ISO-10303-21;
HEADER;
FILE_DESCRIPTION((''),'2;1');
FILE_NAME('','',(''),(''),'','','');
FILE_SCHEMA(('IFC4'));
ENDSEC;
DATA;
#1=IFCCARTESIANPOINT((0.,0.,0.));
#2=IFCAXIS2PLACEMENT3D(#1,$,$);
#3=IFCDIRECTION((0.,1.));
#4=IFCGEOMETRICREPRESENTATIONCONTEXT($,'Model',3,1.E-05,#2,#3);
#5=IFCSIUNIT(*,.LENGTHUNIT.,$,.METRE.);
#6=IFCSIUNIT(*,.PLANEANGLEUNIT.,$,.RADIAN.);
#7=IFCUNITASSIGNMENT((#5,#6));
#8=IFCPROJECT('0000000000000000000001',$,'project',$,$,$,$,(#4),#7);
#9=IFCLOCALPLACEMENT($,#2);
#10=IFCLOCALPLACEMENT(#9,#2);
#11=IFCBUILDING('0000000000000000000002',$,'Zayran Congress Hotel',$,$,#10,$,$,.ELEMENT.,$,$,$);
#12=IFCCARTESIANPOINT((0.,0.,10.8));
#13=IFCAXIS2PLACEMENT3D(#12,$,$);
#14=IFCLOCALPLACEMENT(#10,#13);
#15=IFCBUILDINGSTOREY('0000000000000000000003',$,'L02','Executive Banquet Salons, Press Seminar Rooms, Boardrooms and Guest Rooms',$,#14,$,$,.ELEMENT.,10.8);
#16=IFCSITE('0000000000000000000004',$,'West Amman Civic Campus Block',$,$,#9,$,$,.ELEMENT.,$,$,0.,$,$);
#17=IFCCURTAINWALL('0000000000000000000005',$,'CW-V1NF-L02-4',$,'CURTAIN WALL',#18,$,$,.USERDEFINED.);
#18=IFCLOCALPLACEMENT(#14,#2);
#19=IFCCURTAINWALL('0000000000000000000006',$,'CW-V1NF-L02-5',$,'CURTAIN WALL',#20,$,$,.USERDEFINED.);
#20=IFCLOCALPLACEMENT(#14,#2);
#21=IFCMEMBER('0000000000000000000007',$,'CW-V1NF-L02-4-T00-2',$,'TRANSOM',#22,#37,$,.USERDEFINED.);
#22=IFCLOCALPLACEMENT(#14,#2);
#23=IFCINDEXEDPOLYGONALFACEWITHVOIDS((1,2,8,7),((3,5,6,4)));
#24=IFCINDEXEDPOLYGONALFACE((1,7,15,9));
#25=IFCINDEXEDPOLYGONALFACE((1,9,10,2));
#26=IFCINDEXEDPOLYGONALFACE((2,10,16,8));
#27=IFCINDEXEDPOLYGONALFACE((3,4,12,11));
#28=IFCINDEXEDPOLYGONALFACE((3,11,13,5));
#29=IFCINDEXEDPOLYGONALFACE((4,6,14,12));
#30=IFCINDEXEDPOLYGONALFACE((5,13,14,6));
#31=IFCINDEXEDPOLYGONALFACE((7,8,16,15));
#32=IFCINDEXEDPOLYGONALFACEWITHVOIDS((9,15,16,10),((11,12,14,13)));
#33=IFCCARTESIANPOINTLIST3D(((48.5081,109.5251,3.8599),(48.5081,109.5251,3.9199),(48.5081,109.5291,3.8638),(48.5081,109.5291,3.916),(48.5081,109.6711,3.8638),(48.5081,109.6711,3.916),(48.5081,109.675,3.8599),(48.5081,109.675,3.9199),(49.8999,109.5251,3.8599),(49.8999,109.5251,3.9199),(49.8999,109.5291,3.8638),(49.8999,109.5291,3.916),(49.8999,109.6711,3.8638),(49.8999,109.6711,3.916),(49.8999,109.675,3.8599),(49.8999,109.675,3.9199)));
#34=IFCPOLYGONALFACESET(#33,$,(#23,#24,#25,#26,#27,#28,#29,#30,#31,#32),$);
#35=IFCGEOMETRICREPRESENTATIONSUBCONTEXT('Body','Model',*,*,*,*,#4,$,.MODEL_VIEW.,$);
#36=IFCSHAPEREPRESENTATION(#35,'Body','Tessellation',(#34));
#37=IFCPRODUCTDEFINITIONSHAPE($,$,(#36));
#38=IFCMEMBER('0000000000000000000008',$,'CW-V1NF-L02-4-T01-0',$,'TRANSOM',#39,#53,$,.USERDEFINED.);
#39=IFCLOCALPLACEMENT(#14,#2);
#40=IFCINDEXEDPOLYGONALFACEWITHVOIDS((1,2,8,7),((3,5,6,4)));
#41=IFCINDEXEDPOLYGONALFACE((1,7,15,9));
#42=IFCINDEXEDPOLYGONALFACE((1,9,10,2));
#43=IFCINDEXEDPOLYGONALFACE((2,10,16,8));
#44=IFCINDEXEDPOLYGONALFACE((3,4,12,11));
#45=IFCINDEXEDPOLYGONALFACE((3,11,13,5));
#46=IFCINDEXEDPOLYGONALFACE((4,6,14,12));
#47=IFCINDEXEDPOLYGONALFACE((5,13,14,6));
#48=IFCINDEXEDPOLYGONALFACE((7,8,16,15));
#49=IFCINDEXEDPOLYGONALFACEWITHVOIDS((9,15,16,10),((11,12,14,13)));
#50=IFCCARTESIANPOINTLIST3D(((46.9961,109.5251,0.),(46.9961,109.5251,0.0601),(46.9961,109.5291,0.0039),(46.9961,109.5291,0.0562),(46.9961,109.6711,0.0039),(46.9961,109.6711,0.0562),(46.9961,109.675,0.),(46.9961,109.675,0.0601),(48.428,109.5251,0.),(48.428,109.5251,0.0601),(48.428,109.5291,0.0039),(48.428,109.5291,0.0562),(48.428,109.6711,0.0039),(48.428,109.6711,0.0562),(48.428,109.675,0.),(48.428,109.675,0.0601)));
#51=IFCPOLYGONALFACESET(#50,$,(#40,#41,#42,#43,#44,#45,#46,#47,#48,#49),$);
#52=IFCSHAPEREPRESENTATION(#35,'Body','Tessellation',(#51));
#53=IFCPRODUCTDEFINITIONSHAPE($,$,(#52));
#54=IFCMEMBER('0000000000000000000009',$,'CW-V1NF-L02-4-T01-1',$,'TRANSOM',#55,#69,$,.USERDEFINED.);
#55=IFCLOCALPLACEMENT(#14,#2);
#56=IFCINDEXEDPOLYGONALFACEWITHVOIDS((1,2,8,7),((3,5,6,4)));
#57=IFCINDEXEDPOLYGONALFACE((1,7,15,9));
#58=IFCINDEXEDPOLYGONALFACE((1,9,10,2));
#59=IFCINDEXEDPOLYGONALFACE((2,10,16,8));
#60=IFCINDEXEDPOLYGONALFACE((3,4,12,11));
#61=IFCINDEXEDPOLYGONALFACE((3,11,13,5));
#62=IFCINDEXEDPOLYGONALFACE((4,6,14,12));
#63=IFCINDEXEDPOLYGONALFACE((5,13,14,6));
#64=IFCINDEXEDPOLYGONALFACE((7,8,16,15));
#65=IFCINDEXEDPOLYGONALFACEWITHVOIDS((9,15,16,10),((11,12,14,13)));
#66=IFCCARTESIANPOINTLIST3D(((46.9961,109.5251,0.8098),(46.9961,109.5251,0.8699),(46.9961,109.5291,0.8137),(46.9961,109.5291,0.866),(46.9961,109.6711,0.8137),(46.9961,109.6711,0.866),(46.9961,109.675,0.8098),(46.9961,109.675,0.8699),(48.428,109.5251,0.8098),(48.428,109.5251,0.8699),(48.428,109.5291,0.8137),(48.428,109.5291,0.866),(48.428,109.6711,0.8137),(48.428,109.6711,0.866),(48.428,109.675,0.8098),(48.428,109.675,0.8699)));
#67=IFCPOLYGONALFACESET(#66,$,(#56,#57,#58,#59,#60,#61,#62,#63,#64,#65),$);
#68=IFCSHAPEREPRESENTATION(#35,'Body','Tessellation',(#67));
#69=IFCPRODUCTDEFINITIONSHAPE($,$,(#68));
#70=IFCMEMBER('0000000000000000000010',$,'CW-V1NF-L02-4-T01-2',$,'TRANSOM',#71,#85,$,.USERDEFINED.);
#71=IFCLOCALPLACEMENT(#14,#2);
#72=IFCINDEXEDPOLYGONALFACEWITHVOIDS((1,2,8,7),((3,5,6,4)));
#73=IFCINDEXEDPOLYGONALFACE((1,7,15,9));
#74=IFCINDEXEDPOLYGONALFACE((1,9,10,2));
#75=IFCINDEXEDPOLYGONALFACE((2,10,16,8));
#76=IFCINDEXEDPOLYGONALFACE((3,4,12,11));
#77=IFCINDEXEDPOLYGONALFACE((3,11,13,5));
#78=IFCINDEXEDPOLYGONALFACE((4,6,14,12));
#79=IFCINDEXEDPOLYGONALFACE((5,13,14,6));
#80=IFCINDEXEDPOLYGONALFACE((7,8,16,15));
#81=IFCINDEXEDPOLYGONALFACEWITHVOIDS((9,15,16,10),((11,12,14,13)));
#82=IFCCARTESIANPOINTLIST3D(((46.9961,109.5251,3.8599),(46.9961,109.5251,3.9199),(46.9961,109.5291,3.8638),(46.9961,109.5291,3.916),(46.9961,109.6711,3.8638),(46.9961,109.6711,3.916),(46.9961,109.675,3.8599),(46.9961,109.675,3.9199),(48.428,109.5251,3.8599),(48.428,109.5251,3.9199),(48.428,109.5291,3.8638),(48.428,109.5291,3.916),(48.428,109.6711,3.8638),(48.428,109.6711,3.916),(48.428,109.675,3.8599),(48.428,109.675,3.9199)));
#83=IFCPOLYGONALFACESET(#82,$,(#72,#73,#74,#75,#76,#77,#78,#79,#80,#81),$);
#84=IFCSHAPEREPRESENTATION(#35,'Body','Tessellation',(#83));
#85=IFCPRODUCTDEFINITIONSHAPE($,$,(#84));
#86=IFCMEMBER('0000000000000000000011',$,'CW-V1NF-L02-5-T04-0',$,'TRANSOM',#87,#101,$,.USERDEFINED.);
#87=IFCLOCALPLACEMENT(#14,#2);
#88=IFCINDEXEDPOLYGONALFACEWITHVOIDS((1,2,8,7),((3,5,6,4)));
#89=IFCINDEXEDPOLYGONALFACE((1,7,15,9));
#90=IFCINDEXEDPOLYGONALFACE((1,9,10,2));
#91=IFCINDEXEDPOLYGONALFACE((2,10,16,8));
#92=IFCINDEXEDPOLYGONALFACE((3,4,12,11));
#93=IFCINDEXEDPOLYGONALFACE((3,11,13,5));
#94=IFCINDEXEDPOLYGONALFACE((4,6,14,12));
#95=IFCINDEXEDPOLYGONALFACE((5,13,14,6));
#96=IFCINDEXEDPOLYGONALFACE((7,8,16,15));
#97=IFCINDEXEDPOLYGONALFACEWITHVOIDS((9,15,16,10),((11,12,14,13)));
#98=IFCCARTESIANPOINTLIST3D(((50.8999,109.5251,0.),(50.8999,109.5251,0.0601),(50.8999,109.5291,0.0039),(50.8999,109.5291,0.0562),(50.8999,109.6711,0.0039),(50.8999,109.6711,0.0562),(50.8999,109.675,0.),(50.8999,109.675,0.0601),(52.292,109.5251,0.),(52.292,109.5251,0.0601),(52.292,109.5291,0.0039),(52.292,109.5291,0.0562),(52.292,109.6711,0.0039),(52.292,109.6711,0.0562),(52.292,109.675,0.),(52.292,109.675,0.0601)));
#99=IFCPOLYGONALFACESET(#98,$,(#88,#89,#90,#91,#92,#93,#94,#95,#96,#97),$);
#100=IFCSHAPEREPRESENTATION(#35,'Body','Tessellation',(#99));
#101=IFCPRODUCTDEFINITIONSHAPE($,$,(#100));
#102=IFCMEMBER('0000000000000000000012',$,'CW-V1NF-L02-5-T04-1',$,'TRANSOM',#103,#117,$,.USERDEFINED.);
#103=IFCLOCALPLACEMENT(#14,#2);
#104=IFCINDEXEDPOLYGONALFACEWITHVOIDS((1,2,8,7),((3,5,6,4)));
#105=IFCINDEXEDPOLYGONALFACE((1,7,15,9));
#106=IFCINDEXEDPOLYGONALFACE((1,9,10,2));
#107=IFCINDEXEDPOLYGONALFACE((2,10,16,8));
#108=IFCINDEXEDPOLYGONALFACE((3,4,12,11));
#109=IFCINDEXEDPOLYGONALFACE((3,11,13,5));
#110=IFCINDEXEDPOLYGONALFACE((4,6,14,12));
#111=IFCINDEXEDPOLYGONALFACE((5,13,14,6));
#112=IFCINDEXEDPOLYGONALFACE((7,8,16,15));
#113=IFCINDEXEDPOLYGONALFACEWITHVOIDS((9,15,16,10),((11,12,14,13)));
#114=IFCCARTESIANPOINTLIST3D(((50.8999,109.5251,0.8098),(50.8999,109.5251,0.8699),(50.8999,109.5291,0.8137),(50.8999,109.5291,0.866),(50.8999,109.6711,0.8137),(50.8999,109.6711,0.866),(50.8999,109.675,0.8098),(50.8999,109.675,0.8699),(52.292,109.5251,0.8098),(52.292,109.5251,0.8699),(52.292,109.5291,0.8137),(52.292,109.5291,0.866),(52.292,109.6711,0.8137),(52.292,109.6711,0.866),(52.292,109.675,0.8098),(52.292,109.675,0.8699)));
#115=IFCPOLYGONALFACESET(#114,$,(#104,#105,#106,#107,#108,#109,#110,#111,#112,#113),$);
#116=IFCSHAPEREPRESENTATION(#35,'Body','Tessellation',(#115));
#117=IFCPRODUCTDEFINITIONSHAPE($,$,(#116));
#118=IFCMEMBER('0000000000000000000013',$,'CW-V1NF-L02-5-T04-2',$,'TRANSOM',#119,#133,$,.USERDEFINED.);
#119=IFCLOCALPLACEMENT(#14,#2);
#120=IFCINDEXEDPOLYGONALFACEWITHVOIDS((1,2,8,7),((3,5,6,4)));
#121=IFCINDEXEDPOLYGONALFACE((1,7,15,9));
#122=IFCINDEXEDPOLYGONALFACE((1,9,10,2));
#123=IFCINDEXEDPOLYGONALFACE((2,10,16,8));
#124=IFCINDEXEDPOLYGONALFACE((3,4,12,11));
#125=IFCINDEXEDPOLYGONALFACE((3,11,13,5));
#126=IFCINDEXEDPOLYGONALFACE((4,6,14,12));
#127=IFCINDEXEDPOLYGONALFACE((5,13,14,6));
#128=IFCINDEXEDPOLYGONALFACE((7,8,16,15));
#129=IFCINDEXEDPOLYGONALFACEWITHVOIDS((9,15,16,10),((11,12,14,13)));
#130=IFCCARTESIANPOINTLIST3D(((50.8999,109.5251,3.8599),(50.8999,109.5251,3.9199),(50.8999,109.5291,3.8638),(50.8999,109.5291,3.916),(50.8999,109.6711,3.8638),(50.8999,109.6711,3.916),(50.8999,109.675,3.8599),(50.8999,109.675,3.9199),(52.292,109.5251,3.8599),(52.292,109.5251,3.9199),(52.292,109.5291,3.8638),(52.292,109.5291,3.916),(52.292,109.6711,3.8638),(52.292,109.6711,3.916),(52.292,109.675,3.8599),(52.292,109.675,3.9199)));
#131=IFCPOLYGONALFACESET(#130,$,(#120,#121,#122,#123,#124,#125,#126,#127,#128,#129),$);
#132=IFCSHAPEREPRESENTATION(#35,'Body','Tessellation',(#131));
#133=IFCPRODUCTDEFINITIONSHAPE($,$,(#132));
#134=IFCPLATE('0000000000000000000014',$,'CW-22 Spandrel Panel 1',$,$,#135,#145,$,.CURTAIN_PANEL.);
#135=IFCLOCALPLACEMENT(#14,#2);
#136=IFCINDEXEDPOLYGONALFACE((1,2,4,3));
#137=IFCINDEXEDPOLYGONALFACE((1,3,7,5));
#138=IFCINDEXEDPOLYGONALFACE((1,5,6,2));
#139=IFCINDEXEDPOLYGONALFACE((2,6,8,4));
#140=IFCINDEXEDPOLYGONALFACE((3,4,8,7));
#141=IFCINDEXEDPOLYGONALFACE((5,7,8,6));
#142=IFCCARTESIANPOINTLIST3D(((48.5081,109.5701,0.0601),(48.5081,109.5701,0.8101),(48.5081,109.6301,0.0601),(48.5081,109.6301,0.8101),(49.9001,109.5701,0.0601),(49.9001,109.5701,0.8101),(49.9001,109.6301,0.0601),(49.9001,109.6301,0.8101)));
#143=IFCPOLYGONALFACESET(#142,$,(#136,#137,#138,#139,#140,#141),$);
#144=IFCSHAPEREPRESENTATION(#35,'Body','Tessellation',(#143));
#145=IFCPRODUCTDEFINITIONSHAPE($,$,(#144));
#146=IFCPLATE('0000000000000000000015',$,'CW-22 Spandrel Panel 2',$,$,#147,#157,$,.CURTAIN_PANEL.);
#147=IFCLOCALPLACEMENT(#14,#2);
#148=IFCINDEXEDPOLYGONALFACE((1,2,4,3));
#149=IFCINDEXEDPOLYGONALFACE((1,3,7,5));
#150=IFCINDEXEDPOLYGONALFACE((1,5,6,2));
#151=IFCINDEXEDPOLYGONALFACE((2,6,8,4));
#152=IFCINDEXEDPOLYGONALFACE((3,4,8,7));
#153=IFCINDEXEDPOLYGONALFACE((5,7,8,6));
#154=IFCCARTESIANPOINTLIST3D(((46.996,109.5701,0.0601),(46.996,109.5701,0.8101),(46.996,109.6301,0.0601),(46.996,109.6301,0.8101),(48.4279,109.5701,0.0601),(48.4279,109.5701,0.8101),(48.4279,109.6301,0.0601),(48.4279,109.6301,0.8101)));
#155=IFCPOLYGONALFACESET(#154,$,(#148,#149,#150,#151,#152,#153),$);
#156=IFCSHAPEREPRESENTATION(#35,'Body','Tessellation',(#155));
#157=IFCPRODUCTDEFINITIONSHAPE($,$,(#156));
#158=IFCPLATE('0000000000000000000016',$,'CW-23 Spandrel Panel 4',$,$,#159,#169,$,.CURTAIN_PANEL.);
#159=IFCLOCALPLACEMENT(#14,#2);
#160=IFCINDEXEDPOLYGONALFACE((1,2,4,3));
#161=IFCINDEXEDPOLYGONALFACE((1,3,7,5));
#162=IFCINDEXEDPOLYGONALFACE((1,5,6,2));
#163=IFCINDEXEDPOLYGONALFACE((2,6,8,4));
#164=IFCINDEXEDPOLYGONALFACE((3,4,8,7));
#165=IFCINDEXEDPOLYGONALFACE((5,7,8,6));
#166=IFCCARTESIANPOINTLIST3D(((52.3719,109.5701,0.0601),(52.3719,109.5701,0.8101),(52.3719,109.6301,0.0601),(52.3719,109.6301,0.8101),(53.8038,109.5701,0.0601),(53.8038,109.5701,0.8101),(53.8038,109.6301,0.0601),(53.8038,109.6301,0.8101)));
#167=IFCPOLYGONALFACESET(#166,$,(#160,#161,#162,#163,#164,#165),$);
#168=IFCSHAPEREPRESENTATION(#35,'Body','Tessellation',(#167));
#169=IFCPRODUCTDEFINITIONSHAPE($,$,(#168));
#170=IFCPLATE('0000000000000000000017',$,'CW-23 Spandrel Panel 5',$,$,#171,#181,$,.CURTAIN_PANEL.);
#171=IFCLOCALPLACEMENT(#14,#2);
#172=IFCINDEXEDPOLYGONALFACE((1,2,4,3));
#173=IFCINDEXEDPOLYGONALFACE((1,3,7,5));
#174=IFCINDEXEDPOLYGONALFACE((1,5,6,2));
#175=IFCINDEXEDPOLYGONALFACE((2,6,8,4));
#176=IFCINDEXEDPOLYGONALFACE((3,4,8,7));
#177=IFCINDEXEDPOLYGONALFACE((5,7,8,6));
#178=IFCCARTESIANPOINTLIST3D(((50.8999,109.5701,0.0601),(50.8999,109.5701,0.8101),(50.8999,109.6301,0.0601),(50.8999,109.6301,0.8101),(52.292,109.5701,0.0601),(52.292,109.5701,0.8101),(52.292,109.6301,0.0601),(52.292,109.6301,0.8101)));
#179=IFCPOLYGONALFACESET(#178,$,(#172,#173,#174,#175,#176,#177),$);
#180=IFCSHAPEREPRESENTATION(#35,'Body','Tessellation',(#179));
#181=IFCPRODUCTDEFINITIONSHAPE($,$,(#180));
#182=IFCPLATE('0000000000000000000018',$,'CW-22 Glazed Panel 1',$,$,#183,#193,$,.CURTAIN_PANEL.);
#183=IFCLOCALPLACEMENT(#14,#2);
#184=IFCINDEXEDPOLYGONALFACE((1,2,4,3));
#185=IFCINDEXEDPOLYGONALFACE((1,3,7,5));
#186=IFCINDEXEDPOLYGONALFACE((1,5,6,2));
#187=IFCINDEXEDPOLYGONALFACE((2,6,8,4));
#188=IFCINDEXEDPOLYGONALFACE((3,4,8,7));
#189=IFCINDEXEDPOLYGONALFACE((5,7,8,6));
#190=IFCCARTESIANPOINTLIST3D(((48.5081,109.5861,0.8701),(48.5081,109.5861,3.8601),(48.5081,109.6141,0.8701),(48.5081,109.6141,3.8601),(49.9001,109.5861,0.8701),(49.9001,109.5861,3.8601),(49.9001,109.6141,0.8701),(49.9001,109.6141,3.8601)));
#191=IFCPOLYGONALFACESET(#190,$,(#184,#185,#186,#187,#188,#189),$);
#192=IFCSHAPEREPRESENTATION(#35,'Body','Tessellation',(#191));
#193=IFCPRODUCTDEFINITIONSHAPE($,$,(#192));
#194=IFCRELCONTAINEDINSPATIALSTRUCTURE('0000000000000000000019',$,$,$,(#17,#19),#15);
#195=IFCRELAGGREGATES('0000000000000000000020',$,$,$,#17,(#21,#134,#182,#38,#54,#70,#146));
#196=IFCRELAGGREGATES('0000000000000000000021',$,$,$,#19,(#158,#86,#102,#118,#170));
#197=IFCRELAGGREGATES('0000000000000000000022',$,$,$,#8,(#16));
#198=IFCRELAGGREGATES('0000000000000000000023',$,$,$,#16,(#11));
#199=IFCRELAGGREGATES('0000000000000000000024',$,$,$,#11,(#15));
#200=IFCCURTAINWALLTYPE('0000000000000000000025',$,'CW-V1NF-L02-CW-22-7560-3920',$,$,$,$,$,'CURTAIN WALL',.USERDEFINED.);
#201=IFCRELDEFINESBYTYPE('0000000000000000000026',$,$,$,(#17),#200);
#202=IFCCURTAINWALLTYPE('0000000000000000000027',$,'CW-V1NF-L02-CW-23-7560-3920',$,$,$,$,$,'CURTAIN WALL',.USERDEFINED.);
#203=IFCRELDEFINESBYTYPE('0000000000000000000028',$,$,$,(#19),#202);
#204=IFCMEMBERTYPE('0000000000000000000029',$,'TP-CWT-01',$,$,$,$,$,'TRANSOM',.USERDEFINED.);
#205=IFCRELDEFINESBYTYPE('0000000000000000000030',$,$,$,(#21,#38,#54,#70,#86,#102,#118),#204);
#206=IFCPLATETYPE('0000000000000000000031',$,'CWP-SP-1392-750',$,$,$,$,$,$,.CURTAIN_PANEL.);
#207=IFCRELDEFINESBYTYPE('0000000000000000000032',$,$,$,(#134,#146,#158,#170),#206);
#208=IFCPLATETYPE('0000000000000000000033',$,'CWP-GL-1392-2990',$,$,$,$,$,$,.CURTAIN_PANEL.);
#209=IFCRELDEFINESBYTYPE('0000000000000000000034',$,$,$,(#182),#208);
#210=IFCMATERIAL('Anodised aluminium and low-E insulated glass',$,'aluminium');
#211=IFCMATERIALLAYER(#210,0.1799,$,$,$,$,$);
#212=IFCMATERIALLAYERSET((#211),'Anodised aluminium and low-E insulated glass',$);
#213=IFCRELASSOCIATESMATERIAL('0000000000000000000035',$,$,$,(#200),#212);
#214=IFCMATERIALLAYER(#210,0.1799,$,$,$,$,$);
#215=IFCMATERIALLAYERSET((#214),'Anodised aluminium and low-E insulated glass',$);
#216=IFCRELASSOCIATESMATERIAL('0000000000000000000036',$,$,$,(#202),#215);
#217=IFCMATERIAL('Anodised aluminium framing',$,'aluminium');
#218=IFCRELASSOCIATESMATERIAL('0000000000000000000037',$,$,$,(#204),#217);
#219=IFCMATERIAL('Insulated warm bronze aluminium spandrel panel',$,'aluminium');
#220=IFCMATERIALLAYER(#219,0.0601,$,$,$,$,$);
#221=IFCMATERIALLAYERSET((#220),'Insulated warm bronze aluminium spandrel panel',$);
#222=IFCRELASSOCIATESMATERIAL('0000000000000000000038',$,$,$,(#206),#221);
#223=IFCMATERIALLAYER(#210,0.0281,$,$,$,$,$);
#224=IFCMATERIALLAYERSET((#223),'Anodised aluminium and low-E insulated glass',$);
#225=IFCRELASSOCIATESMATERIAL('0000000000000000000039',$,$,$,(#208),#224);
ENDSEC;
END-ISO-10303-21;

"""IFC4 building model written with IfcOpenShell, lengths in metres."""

from ifc_helpers import new_model, si_unit, direction, frame, origin, origin_2d, place, context, subcontext, project, spatial, rectangle, hollow_rectangle, extrude, material, layer, layer_set, material_profile, profile_set, type_object, element, aggregate, save


model = new_model("IFC4")

# Units and contexts
model_context = context("Model", 3, precision=1e-05, world=origin(), true_north=direction((0.0, 1.0)))
body_context = subcontext(model_context, "Body", "Model", "MODEL_VIEW")
ifc_project = project(units=[si_unit("LENGTHUNIT", "METRE"), si_unit("PLANEANGLEUNIT", "RADIAN")], contexts=[model_context])

# Site, building, storey
site_placement = place(None, origin())
site = spatial("IfcSite", under=ifc_project, at=site_placement, Name="West Amman Civic Campus Block", CompositionType="ELEMENT", RefElevation=0.0)
building_placement = place(site_placement, origin())
building = spatial("IfcBuilding", under=site, at=building_placement, Name="Zayran Congress Hotel", CompositionType="ELEMENT")
storey_placement = place(building_placement, frame((0.0, 0.0, 10.8)))
storey = spatial("IfcBuildingStorey", under=building, at=storey_placement, Name="L02", Description="Executive Banquet Salons, Press Seminar Rooms, Boardrooms and Guest Rooms", CompositionType="ELEMENT", Elevation=10.8)

# Curtain walls
ifc_material_1 = material(Name="Anodised aluminium and low-E insulated glass", Category="aluminium")
ifc_layer_1 = layer(ifc_material_1, 0.1799)
ifc_layer_set_1 = layer_set([ifc_layer_1], Name="Anodised aluminium and low-E insulated glass")
curtain_wall_type_1 = type_object("IfcCurtainWallType", Name="CW-V1NF-L02-CW-22-7560-3920", ElementType="CURTAIN WALL", PredefinedType="USERDEFINED", material=ifc_layer_set_1)
curtain_wall_1_placement = place(storey_placement, origin())
curtain_wall_1 = element("IfcCurtainWall", 1, at=curtain_wall_1_placement, inside=storey, type_object=curtain_wall_type_1, Name="CW-V1NF-L02-4", ObjectType="CURTAIN WALL", PredefinedType="USERDEFINED")
ifc_material_2 = material(Name="Anodised aluminium framing", Category="aluminium")
ifc_layer_2 = layer(ifc_material_1, 0.1799)
ifc_layer_set_2 = layer_set([ifc_layer_2], Name="Anodised aluminium and low-E insulated glass")
curtain_wall_type_2 = type_object("IfcCurtainWallType", Name="CW-V1NF-L02-CW-23-7560-3920", ElementType="CURTAIN WALL", PredefinedType="USERDEFINED", material=ifc_layer_set_2)
curtain_wall_2_placement = place(storey_placement, origin())
curtain_wall_2 = element("IfcCurtainWall", 2, at=curtain_wall_2_placement, inside=storey, type_object=curtain_wall_type_2, Name="CW-V1NF-L02-5", ObjectType="CURTAIN WALL", PredefinedType="USERDEFINED")

# Members
ifc_material_profile_1 = material_profile(ifc_material_2, hollow_rectangle(XDim=0.0601, YDim=0.1499, WallThickness=0.0039, at=origin_2d()), Name="RHS 150x60x4")
ifc_profile_set_1 = profile_set([ifc_material_profile_1], Name="Anodised aluminium framing")
member_type_1 = type_object("IfcMemberType", Name="TP-CWT-01", ElementType="TRANSOM", PredefinedType="USERDEFINED", material=ifc_profile_set_1)
member_1_placement = place(storey_placement, frame((49.8999, 109.6001, 3.8899), z_axis=(-1.0, 0.0, 0.0), x_axis=(0.0, 0.0, 1.0)))
member_1 = element("IfcMember", 3, at=member_1_placement, type_object=member_type_1, Name="CW-V1NF-L02-4-T00-2", ObjectType="TRANSOM", PredefinedType="USERDEFINED", context=body_context, shape_type="SweptSolid", body=[
    extrude(hollow_rectangle(XDim=0.0601, YDim=0.1499, WallThickness=0.0039, at=origin_2d()), origin(), (0.0, 0.0, 1.0), 1.3918),
])
member_2_placement = place(storey_placement, frame((48.428, 109.6001, 0.03), z_axis=(-1.0, 0.0, 0.0), x_axis=(0.0, 0.0, 1.0)))
member_2 = element("IfcMember", 4, at=member_2_placement, type_object=member_type_1, Name="CW-V1NF-L02-4-T01-0", ObjectType="TRANSOM", PredefinedType="USERDEFINED", context=body_context, shape_type="SweptSolid", body=[
    extrude(hollow_rectangle(XDim=0.0601, YDim=0.1499, WallThickness=0.0039, at=origin_2d()), origin(), (0.0, 0.0, 1.0), 1.4319),
])
member_3_placement = place(storey_placement, frame((48.428, 109.6001, 0.8398), z_axis=(-1.0, 0.0, 0.0), x_axis=(0.0, 0.0, 1.0)))
member_3 = element("IfcMember", 5, at=member_3_placement, type_object=member_type_1, Name="CW-V1NF-L02-4-T01-1", ObjectType="TRANSOM", PredefinedType="USERDEFINED", context=body_context, shape_type="SweptSolid", body=[
    extrude(hollow_rectangle(XDim=0.0601, YDim=0.1499, WallThickness=0.0039, at=origin_2d()), origin(), (0.0, 0.0, 1.0), 1.4319),
])
member_4_placement = place(storey_placement, frame((48.428, 109.6001, 3.8899), z_axis=(-1.0, 0.0, 0.0), x_axis=(0.0, 0.0, 1.0)))
member_4 = element("IfcMember", 6, at=member_4_placement, type_object=member_type_1, Name="CW-V1NF-L02-4-T01-2", ObjectType="TRANSOM", PredefinedType="USERDEFINED", context=body_context, shape_type="SweptSolid", body=[
    extrude(hollow_rectangle(XDim=0.0601, YDim=0.1499, WallThickness=0.0039, at=origin_2d()), origin(), (0.0, 0.0, 1.0), 1.4319),
])
member_5_placement = place(storey_placement, frame((52.292, 109.6001, 0.03), z_axis=(-1.0, 0.0, 0.0), x_axis=(0.0, 0.0, 1.0)))
member_5 = element("IfcMember", 7, at=member_5_placement, type_object=member_type_1, Name="CW-V1NF-L02-5-T04-0", ObjectType="TRANSOM", PredefinedType="USERDEFINED", context=body_context, shape_type="SweptSolid", body=[
    extrude(hollow_rectangle(XDim=0.0601, YDim=0.1499, WallThickness=0.0039, at=origin_2d()), origin(), (0.0, 0.0, 1.0), 1.3921),
])
member_6_placement = place(storey_placement, frame((52.292, 109.6001, 0.8398), z_axis=(-1.0, 0.0, 0.0), x_axis=(0.0, 0.0, 1.0)))
member_6 = element("IfcMember", 8, at=member_6_placement, type_object=member_type_1, Name="CW-V1NF-L02-5-T04-1", ObjectType="TRANSOM", PredefinedType="USERDEFINED", context=body_context, shape_type="SweptSolid", body=[
    extrude(hollow_rectangle(XDim=0.0601, YDim=0.1499, WallThickness=0.0039, at=origin_2d()), origin(), (0.0, 0.0, 1.0), 1.3921),
])
member_7_placement = place(storey_placement, frame((52.292, 109.6001, 3.8899), z_axis=(-1.0, 0.0, 0.0), x_axis=(0.0, 0.0, 1.0)))
member_7 = element("IfcMember", 9, at=member_7_placement, type_object=member_type_1, Name="CW-V1NF-L02-5-T04-2", ObjectType="TRANSOM", PredefinedType="USERDEFINED", context=body_context, shape_type="SweptSolid", body=[
    extrude(hollow_rectangle(XDim=0.0601, YDim=0.1499, WallThickness=0.0039, at=origin_2d()), origin(), (0.0, 0.0, 1.0), 1.3921),
])

# Plates
ifc_material_3 = material(Name="Insulated warm bronze aluminium spandrel panel", Category="aluminium")
ifc_layer_3 = layer(ifc_material_3, 0.0601)
ifc_layer_set_3 = layer_set([ifc_layer_3], Name="Insulated warm bronze aluminium spandrel panel")
plate_type_1 = type_object("IfcPlateType", Name="CWP-SP-1392-750", PredefinedType="CURTAIN_PANEL", material=ifc_layer_set_3)
plate_1_placement = place(storey_placement, frame((49.2041, 109.6001, 0.0601), z_axis=(0.0, 0.0, 1.0), x_axis=(1.0, 0.0, 0.0)))
plate_1 = element("IfcPlate", 10, at=plate_1_placement, type_object=plate_type_1, Name="CW-22 Spandrel Panel 1", PredefinedType="CURTAIN_PANEL", context=body_context, shape_type="SweptSolid", body=[
    extrude(rectangle(XDim=1.3921, YDim=0.0601, at=origin_2d()), origin(), (0.0, 0.0, 1.0), 0.75),
])
plate_2_placement = place(storey_placement, frame((47.7119, 109.6001, 0.0601), z_axis=(0.0, 0.0, 1.0), x_axis=(1.0, 0.0, 0.0)))
plate_2 = element("IfcPlate", 11, at=plate_2_placement, type_object=plate_type_1, Name="CW-22 Spandrel Panel 2", PredefinedType="CURTAIN_PANEL", context=body_context, shape_type="SweptSolid", body=[
    extrude(rectangle(XDim=1.4319, YDim=0.0601, at=origin_2d()), origin(), (0.0, 0.0, 1.0), 0.75),
])
plate_3_placement = place(storey_placement, frame((53.0879, 109.6001, 0.0601), z_axis=(0.0, 0.0, 1.0), x_axis=(1.0, 0.0, 0.0)))
plate_3 = element("IfcPlate", 12, at=plate_3_placement, type_object=plate_type_1, Name="CW-23 Spandrel Panel 4", PredefinedType="CURTAIN_PANEL", context=body_context, shape_type="SweptSolid", body=[
    extrude(rectangle(XDim=1.4319, YDim=0.0601, at=origin_2d()), origin(), (0.0, 0.0, 1.0), 0.75),
])
plate_4_placement = place(storey_placement, frame((51.5959, 109.6001, 0.0601), z_axis=(0.0, 0.0, 1.0), x_axis=(1.0, 0.0, 0.0)))
plate_4 = element("IfcPlate", 13, at=plate_4_placement, type_object=plate_type_1, Name="CW-23 Spandrel Panel 5", PredefinedType="CURTAIN_PANEL", context=body_context, shape_type="SweptSolid", body=[
    extrude(rectangle(XDim=1.3921, YDim=0.0601, at=origin_2d()), origin(), (0.0, 0.0, 1.0), 0.75),
])
ifc_layer_4 = layer(ifc_material_1, 0.0281)
ifc_layer_set_4 = layer_set([ifc_layer_4], Name="Anodised aluminium and low-E insulated glass")
plate_type_2 = type_object("IfcPlateType", Name="CWP-GL-1392-2990", PredefinedType="CURTAIN_PANEL", material=ifc_layer_set_4)
plate_5_placement = place(storey_placement, frame((49.2041, 109.6001, 0.8701), z_axis=(0.0, 0.0, 1.0), x_axis=(1.0, 0.0, 0.0)))
plate_5 = element("IfcPlate", 14, at=plate_5_placement, type_object=plate_type_2, Name="CW-22 Glazed Panel 1", PredefinedType="CURTAIN_PANEL", context=body_context, shape_type="SweptSolid", body=[
    extrude(rectangle(XDim=1.3921, YDim=0.0281, at=origin_2d()), origin(), (0.0, 0.0, 1.0), 2.99),
])
aggregate(curtain_wall_1, [member_1, plate_1, plate_5, member_2, member_3, member_4, plate_2])
aggregate(curtain_wall_2, [plate_3, member_5, member_6, member_7, plate_4])

save(model, "model.ifc")
